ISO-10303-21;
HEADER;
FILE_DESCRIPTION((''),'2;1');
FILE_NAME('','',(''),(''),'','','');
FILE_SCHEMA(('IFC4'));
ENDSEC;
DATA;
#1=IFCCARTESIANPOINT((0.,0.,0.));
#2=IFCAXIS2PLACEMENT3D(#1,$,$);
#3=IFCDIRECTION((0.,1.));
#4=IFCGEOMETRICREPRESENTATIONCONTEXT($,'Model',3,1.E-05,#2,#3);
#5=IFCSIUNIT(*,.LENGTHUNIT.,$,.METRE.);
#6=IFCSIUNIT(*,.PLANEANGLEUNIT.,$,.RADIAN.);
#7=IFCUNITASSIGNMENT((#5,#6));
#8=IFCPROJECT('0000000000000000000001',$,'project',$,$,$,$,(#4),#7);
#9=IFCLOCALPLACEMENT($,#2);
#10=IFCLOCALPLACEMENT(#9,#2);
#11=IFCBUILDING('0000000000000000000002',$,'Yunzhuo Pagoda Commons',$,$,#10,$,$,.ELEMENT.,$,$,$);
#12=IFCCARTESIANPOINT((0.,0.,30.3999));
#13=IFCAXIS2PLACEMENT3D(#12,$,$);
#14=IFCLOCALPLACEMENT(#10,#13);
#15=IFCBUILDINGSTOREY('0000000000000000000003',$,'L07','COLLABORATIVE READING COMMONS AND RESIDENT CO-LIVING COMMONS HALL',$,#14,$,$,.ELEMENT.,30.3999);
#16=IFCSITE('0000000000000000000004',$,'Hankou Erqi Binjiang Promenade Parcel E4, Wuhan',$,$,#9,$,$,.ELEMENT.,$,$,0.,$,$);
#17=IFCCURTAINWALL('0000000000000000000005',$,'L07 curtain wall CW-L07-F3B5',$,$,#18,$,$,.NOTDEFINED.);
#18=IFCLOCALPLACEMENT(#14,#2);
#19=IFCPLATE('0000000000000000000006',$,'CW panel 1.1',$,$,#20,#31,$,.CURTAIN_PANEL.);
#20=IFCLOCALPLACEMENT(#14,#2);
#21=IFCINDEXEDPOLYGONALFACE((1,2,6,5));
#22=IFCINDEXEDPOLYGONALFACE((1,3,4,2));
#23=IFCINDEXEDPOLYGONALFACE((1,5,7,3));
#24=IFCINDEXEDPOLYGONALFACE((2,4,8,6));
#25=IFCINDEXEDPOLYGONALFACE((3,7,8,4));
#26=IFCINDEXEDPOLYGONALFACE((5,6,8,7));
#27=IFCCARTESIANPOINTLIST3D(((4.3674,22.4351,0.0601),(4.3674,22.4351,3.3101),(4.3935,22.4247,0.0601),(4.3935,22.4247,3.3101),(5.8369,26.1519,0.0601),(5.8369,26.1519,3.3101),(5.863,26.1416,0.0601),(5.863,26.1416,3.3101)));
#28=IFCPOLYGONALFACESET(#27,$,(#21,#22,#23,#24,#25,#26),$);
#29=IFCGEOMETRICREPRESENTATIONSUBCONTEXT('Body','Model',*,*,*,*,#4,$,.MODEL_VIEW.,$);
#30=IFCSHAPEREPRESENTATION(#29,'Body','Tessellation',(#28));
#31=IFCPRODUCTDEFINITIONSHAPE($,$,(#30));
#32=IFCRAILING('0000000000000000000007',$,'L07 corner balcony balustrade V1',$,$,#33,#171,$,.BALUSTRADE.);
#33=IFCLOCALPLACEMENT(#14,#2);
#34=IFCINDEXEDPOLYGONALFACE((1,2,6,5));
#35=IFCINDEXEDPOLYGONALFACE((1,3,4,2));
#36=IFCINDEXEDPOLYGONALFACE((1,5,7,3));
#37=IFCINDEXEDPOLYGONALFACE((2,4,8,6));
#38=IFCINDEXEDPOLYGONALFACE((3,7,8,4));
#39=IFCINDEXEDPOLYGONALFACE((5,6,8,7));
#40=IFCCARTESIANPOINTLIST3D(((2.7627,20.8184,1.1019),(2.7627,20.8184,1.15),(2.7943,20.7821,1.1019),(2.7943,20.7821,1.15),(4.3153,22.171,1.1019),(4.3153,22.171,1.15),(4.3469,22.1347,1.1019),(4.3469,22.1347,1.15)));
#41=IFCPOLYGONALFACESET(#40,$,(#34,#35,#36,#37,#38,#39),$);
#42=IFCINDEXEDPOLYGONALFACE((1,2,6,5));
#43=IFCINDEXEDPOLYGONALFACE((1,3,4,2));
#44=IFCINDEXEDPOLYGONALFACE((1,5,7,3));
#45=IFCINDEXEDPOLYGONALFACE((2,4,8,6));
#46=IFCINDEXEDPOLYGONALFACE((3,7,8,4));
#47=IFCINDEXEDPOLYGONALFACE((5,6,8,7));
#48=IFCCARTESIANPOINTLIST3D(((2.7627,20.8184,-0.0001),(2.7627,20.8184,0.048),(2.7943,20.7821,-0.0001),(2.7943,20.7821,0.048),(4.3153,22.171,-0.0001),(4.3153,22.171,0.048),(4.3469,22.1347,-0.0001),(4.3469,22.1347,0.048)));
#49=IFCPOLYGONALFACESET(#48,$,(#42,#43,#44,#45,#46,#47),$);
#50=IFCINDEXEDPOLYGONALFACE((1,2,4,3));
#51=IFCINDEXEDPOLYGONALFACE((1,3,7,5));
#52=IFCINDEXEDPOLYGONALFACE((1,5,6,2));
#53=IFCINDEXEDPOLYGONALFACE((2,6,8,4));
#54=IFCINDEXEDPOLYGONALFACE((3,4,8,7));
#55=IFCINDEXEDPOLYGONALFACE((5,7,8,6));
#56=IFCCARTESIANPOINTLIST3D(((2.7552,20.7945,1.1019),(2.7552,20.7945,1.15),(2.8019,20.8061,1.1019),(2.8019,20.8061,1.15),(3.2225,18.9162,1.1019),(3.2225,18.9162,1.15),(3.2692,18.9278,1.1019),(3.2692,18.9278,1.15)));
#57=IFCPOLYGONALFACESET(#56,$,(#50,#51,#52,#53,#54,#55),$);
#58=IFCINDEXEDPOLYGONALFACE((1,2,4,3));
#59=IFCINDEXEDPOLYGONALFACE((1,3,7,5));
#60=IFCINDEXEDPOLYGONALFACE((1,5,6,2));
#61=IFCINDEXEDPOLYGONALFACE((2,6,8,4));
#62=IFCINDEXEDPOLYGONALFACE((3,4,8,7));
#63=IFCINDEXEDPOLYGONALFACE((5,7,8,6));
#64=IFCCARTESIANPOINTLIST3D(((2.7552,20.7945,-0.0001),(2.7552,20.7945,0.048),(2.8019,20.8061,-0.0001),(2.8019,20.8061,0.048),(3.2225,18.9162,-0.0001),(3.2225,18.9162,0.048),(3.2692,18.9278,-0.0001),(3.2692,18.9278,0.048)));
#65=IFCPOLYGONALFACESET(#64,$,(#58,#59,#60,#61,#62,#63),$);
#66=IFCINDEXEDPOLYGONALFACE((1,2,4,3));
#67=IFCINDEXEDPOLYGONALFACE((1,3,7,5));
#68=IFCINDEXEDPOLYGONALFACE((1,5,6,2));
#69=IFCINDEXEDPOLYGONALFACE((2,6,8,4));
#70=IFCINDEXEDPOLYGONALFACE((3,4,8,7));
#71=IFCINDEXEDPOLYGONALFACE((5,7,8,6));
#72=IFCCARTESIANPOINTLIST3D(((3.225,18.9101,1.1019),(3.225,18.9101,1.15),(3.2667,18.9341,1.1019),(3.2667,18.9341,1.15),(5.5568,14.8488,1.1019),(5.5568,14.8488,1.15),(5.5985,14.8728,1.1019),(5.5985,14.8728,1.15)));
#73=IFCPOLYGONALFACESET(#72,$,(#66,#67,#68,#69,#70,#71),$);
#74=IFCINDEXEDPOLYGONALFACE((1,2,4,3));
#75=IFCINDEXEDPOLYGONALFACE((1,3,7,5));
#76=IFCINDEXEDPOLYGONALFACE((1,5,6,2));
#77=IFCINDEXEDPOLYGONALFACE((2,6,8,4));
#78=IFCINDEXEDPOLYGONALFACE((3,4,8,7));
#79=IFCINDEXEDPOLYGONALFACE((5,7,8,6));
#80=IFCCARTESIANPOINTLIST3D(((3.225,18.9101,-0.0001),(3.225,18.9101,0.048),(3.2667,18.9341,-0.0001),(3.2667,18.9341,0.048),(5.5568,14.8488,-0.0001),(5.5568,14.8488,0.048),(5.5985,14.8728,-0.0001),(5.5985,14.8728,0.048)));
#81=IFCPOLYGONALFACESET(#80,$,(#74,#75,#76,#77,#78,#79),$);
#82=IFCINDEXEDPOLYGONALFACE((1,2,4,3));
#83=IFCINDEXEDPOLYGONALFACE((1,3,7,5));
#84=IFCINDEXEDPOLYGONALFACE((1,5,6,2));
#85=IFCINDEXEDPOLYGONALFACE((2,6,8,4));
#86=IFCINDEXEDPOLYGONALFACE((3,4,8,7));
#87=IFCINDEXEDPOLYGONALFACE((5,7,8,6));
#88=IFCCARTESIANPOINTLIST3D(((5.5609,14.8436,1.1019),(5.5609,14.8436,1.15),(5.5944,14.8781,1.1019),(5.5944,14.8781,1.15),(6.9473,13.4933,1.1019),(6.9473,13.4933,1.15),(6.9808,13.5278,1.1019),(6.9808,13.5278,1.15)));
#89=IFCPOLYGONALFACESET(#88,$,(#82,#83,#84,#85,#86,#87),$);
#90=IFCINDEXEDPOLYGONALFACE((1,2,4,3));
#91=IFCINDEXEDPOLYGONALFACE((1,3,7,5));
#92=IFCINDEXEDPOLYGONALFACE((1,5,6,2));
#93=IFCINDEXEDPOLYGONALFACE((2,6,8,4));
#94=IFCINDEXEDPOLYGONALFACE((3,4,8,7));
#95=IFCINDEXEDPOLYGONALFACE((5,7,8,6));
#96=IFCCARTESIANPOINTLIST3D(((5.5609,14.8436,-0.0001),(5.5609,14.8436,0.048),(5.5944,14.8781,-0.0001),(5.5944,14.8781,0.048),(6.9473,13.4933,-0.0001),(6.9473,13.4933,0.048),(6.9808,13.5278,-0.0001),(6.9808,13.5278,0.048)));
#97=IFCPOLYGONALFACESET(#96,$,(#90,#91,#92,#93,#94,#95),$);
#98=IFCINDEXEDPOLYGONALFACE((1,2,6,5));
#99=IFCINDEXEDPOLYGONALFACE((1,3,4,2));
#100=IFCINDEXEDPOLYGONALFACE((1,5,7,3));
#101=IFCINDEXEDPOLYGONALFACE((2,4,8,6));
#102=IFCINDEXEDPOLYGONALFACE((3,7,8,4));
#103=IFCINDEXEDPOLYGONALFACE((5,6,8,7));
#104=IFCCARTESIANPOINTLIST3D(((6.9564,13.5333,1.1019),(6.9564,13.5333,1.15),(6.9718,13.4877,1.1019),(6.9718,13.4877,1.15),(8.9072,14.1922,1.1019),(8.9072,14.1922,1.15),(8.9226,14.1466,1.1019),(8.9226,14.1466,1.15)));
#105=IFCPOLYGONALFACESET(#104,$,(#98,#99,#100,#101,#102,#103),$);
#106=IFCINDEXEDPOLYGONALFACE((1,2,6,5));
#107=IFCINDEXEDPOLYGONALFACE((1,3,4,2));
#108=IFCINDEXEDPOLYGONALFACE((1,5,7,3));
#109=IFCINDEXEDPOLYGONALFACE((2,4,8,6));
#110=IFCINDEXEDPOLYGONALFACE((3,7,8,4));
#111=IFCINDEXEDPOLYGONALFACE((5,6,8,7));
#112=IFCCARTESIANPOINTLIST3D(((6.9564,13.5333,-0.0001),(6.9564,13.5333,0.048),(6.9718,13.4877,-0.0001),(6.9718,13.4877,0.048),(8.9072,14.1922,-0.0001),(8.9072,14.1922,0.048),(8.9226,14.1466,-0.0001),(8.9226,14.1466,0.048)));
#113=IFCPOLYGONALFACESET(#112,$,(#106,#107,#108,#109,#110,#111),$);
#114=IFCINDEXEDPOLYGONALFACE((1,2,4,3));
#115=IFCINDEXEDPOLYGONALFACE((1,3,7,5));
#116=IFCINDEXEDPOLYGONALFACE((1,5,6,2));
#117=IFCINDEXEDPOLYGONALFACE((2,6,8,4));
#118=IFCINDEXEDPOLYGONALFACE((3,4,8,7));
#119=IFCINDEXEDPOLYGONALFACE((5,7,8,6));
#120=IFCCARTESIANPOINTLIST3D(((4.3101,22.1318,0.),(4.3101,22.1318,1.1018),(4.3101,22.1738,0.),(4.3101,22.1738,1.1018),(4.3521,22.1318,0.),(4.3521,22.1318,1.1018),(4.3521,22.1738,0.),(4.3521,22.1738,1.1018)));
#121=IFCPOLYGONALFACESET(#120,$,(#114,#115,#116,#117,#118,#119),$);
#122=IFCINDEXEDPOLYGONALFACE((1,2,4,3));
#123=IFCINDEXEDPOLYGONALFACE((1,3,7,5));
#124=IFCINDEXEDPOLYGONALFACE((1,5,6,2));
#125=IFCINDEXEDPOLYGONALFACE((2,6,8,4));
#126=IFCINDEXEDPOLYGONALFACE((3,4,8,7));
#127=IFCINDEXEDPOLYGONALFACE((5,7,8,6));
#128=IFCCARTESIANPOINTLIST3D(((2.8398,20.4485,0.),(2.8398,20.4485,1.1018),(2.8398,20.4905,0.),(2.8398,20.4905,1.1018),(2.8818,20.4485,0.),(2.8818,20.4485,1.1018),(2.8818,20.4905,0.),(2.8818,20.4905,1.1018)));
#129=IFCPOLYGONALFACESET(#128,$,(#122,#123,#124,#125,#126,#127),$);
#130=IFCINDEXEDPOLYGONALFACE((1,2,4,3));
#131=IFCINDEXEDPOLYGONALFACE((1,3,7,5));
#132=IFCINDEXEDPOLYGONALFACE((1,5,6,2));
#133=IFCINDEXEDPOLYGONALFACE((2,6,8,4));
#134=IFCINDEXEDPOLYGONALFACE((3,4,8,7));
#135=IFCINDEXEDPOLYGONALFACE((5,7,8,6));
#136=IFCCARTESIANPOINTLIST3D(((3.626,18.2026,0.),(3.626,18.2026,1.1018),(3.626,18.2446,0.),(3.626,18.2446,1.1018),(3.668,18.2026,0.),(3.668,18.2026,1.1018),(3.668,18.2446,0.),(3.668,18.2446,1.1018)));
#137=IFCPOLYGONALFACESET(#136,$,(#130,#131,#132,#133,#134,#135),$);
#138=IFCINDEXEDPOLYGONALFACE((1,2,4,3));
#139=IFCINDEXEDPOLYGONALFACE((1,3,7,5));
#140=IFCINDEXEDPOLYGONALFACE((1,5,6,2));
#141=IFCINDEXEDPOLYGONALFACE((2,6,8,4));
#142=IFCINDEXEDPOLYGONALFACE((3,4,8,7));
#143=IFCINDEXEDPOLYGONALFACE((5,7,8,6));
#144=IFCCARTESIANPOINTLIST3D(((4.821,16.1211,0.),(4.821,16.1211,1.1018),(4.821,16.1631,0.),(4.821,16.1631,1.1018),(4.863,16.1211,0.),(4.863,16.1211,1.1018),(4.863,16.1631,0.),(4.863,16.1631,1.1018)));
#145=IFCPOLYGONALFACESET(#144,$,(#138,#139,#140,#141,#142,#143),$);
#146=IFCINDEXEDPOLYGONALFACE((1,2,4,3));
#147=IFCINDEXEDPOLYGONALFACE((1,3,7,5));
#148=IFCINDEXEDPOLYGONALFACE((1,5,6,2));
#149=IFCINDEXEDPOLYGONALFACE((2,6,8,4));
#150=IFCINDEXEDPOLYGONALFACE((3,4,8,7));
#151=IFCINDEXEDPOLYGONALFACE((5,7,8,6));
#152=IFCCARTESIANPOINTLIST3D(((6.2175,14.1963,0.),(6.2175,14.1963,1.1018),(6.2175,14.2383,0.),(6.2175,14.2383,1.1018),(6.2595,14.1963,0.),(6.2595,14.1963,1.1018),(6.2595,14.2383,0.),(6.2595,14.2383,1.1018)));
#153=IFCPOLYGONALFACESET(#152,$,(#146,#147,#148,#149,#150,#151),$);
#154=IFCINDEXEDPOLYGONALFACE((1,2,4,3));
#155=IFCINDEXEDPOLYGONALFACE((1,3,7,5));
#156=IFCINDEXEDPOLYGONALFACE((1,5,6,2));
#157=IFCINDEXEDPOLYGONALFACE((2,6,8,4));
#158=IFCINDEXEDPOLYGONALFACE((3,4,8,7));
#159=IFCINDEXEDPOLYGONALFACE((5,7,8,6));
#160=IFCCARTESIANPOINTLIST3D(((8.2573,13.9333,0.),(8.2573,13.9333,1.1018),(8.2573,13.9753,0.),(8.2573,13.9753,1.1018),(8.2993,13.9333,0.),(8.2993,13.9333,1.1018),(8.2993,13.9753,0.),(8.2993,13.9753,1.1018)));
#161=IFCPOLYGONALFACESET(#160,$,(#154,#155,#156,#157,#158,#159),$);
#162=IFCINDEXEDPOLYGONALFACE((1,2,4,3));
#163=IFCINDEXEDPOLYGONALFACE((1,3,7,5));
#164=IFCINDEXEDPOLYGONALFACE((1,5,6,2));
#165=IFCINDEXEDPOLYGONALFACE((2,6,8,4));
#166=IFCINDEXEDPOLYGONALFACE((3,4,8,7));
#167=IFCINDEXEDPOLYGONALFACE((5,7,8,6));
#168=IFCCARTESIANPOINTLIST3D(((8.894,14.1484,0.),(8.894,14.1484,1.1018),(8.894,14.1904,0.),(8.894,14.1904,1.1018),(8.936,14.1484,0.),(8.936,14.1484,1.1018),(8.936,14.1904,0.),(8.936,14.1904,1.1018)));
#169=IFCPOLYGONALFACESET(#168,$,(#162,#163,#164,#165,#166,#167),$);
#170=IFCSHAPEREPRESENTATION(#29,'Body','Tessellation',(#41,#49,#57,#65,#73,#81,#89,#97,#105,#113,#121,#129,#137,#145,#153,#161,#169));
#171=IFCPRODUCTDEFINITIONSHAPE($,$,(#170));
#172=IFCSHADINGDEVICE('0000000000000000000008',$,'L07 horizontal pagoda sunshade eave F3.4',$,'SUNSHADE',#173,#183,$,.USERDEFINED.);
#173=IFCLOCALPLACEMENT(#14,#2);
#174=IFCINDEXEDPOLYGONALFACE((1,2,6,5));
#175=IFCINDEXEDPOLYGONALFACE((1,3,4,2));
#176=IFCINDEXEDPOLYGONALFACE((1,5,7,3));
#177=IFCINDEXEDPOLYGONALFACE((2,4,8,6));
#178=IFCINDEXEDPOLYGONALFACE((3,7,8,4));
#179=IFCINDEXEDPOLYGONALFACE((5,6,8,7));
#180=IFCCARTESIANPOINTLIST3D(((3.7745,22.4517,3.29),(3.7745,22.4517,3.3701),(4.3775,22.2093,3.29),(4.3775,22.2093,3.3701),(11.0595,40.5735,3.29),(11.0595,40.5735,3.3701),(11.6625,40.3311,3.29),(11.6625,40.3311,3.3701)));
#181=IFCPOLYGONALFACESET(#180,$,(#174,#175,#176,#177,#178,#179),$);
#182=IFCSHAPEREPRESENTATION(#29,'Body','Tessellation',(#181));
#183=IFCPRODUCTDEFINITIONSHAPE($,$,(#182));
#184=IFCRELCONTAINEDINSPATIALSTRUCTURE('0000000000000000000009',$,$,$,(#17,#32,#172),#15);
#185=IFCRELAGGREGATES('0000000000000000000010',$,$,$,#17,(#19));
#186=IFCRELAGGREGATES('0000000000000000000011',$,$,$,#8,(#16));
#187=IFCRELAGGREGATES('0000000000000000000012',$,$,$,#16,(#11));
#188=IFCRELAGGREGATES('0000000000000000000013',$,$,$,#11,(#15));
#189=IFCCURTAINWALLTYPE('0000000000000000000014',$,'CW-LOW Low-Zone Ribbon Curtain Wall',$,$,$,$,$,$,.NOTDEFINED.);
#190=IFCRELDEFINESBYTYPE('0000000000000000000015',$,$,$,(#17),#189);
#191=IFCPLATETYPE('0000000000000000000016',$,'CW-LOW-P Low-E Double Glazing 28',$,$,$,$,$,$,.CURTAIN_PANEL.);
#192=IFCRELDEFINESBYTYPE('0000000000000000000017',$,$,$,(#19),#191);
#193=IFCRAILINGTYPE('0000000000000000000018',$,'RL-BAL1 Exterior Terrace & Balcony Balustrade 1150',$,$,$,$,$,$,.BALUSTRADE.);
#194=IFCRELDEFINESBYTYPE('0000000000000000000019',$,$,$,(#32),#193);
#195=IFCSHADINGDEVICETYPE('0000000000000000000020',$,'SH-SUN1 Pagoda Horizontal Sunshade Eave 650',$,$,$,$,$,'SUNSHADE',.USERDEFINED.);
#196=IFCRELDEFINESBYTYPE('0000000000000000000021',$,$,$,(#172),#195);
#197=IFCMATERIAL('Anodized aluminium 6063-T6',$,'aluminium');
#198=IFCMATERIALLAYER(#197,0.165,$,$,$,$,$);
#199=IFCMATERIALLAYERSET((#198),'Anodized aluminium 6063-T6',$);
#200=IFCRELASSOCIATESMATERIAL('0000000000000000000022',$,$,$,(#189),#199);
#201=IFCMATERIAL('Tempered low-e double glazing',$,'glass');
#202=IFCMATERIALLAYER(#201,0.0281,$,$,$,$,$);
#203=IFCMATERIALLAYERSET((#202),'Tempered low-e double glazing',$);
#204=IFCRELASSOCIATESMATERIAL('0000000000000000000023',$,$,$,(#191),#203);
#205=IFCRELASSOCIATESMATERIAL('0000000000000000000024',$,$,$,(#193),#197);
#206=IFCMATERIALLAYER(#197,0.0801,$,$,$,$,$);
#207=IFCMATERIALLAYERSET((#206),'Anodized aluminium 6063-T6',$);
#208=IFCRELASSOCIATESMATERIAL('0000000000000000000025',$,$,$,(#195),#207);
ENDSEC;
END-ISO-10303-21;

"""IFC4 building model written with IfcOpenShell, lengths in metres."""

from ifc_helpers import new_model, si_unit, direction, frame, origin, origin_2d, place, context, subcontext, project, spatial, rectangle, extrude, source, transform, mapped, material, layer, layer_set, type_object, element, aggregate, save


model = new_model("IFC4")

# Units and contexts
model_context = context("Model", 3, precision=1e-05, world=origin(), true_north=direction((0.0, 1.0)))
body_context = subcontext(model_context, "Body", "Model", "MODEL_VIEW")
ifc_project = project(units=[si_unit("LENGTHUNIT", "METRE"), si_unit("PLANEANGLEUNIT", "RADIAN")], contexts=[model_context])

# Site, building, storey
site_placement = place(None, origin())
site = spatial("IfcSite", under=ifc_project, at=site_placement, Name="Hankou Erqi Binjiang Promenade Parcel E4, Wuhan", CompositionType="ELEMENT", RefElevation=0.0)
building_placement = place(site_placement, origin())
building = spatial("IfcBuilding", under=site, at=building_placement, Name="Yunzhuo Pagoda Commons", CompositionType="ELEMENT")
storey_placement = place(building_placement, frame((0.0, 0.0, 30.3999)))
storey = spatial("IfcBuildingStorey", under=building, at=storey_placement, Name="L07", Description="COLLABORATIVE READING COMMONS AND RESIDENT CO-LIVING COMMONS HALL", CompositionType="ELEMENT", Elevation=30.3999)

# Shared definitions
ifc_material_1 = material(Name="Anodized aluminium 6063-T6", Category="aluminium")
ifc_layer_1 = layer(ifc_material_1, 0.165)
ifc_layer_set_1 = layer_set([ifc_layer_1], Name="Anodized aluminium 6063-T6")
curtain_wall_type = type_object("IfcCurtainWallType", Name="CW-LOW Low-Zone Ribbon Curtain Wall", PredefinedType="NOTDEFINED", material=ifc_layer_set_1)

# Curtain wall
curtain_wall_1_placement = place(storey_placement, origin())
curtain_wall_1 = element("IfcCurtainWall", 1, at=curtain_wall_1_placement, inside=storey, type_object=curtain_wall_type, Name="L07 curtain wall CW-L07-F3B5", PredefinedType="NOTDEFINED")

# Plate
ifc_material_2 = material(Name="Tempered low-e double glazing", Category="glass")
ifc_layer_2 = layer(ifc_material_2, 0.0281)
ifc_layer_set_2 = layer_set([ifc_layer_2], Name="Tempered low-e double glazing")
plate_type_1 = type_object("IfcPlateType", Name="CW-LOW-P Low-E Double Glazing 28", PredefinedType="CURTAIN_PANEL", material=ifc_layer_set_2)
shared_shape_1 = source(origin(), body_context, "Body", "SweptSolid", [
    extrude(rectangle(XDim=3.9968, YDim=0.0281, at=origin_2d()), origin(), (0.0, 0.0, 1.0), 3.25),
])
plate_1_placement = place(storey_placement, frame((5.1152, 24.2883, 0.0601), z_axis=(0.0, 0.0, 1.0), x_axis=(-0.367665, -0.929958, 0.0)))
plate_1 = element("IfcPlate", 2, at=plate_1_placement, type_object=plate_type_1, Name="CW panel 1.1", PredefinedType="CURTAIN_PANEL", context=body_context, shape_type="MappedRepresentation", body=[
    mapped(shared_shape_1, transform((0.0, 0.0, 0.0), scale=1.0)),
])
aggregate(curtain_wall_1, [plate_1])

# Railing
railing_type = type_object("IfcRailingType", Name="RL-BAL1 Exterior Terrace & Balcony Balustrade 1150", PredefinedType="BALUSTRADE", material=ifc_material_1)
railing_placement = place(storey_placement, frame((4.3311, 22.1528, 0.0)))
element("IfcRailing", 3, at=railing_placement, inside=storey, type_object=railing_type, Name="L07 corner balcony balustrade V1", PredefinedType="BALUSTRADE", context=body_context, shape_type="SweptSolid", body=[
    extrude(rectangle(XDim=0.0481, YDim=0.0481, at=origin_2d()), frame((0.0, 0.0, 1.126), z_axis=(-0.753993, -0.656883, 0.0), x_axis=(0.656883, -0.753993, 0.0)), (0.0, 0.0, 1.0), 2.0591),
    extrude(rectangle(XDim=0.0481, YDim=0.0481, at=origin_2d()), frame((0.0, 0.0, 0.0239), z_axis=(-0.753993, -0.656883, 0.0), x_axis=(0.656883, -0.753993, 0.0)), (0.0, 0.0, 1.0), 2.0591),
    extrude(rectangle(XDim=0.0481, YDim=0.0481, at=origin_2d()), frame((-1.5525, -1.3525, 1.126), z_axis=(0.241437, -0.970416, 0.0), x_axis=(0.970416, 0.241437, 0.0)), (0.0, 0.0, 1.0), 1.9355),
    extrude(rectangle(XDim=0.0481, YDim=0.0481, at=origin_2d()), frame((-1.5525, -1.3525, 0.0239), z_axis=(0.241437, -0.970416, 0.0), x_axis=(0.970416, 0.241437, 0.0)), (0.0, 0.0, 1.0), 1.9355),
    extrude(rectangle(XDim=0.0481, YDim=0.0481, at=origin_2d()), frame((-1.0852, -3.2307, 1.126), z_axis=(0.497918, -0.867224, 0.0), x_axis=(0.867224, 0.497918, 0.0)), (0.0, 0.0, 1.0), 4.6831),
    extrude(rectangle(XDim=0.0481, YDim=0.0481, at=origin_2d()), frame((-1.0852, -3.2307, 0.0239), z_axis=(0.497918, -0.867224, 0.0), x_axis=(0.867224, 0.497918, 0.0)), (0.0, 0.0, 1.0), 4.6831),
    extrude(rectangle(XDim=0.0481, YDim=0.0481, at=origin_2d()), frame((1.2466, -7.292, 1.126), z_axis=(0.71638, -0.69771, 0.0), x_axis=(0.69771, 0.71638, 0.0)), (0.0, 0.0, 1.0), 1.9353),
    extrude(rectangle(XDim=0.0481, YDim=0.0481, at=origin_2d()), frame((1.2466, -7.292, 0.0239), z_axis=(0.71638, -0.69771, 0.0), x_axis=(0.69771, 0.71638, 0.0)), (0.0, 0.0, 1.0), 1.9353),
    extrude(rectangle(XDim=0.0481, YDim=0.0481, at=origin_2d()), frame((2.6331, -8.6423, 1.126), z_axis=(0.947419, 0.319996, 0.0), x_axis=(-0.319996, 0.947419, 0.0)), (0.0, 0.0, 1.0), 2.0591),
    extrude(rectangle(XDim=0.0481, YDim=0.0481, at=origin_2d()), frame((2.6331, -8.6423, 0.0239), z_axis=(0.947419, 0.319996, 0.0), x_axis=(-0.319996, 0.947419, 0.0)), (0.0, 0.0, 1.0), 2.0591),
    extrude(rectangle(XDim=0.042, YDim=0.042, at=origin_2d()), origin(), (0.0, 0.0, 1.0), 1.1018),
    extrude(rectangle(XDim=0.042, YDim=0.042, at=origin_2d()), frame((-1.4702, -1.6833, 0.0)), (0.0, 0.0, 1.0), 1.1018),
    extrude(rectangle(XDim=0.042, YDim=0.042, at=origin_2d()), frame((-0.6841, -3.9292, 0.0)), (0.0, 0.0, 1.0), 1.1018),
    extrude(rectangle(XDim=0.042, YDim=0.042, at=origin_2d()), frame((0.511, -6.0107, 0.0)), (0.0, 0.0, 1.0), 1.1018),
    extrude(rectangle(XDim=0.042, YDim=0.042, at=origin_2d()), frame((1.9075, -7.9355, 0.0)), (0.0, 0.0, 1.0), 1.1018),
    extrude(rectangle(XDim=0.042, YDim=0.042, at=origin_2d()), frame((3.9473, -8.1985, 0.0)), (0.0, 0.0, 1.0), 1.1018),
    extrude(rectangle(XDim=0.042, YDim=0.042, at=origin_2d()), frame((4.584, -7.9834, 0.0)), (0.0, 0.0, 1.0), 1.1018),
])

# Shading device
ifc_layer_3 = layer(ifc_material_1, 0.0801)
ifc_layer_set_3 = layer_set([ifc_layer_3], Name="Anodized aluminium 6063-T6")
shading_device_type = type_object("IfcShadingDeviceType", Name="SH-SUN1 Pagoda Horizontal Sunshade Eave 650", ElementType="SUNSHADE", PredefinedType="USERDEFINED", material=ifc_layer_set_3)
shared_shape_2 = source(origin(), body_context, "Body", "SweptSolid", [
    extrude(rectangle(XDim=19.5312, YDim=0.6499, at=origin_2d()), origin(), (0.0, 0.0, 1.0), 0.0801),
])
shading_device_placement = place(storey_placement, frame((7.7185, 31.3914, 3.29), z_axis=(0.0, 0.0, 1.0), x_axis=(-0.372988, -0.927836, 0.0)))
element("IfcShadingDevice", 4, at=shading_device_placement, inside=storey, type_object=shading_device_type, Name="L07 horizontal pagoda sunshade eave F3.4", ObjectType="SUNSHADE", PredefinedType="USERDEFINED", context=body_context, shape_type="MappedRepresentation", body=[
    mapped(shared_shape_2, transform((0.0, 0.0, 0.0), scale=1.0)),
])

save(model, "model.ifc")
